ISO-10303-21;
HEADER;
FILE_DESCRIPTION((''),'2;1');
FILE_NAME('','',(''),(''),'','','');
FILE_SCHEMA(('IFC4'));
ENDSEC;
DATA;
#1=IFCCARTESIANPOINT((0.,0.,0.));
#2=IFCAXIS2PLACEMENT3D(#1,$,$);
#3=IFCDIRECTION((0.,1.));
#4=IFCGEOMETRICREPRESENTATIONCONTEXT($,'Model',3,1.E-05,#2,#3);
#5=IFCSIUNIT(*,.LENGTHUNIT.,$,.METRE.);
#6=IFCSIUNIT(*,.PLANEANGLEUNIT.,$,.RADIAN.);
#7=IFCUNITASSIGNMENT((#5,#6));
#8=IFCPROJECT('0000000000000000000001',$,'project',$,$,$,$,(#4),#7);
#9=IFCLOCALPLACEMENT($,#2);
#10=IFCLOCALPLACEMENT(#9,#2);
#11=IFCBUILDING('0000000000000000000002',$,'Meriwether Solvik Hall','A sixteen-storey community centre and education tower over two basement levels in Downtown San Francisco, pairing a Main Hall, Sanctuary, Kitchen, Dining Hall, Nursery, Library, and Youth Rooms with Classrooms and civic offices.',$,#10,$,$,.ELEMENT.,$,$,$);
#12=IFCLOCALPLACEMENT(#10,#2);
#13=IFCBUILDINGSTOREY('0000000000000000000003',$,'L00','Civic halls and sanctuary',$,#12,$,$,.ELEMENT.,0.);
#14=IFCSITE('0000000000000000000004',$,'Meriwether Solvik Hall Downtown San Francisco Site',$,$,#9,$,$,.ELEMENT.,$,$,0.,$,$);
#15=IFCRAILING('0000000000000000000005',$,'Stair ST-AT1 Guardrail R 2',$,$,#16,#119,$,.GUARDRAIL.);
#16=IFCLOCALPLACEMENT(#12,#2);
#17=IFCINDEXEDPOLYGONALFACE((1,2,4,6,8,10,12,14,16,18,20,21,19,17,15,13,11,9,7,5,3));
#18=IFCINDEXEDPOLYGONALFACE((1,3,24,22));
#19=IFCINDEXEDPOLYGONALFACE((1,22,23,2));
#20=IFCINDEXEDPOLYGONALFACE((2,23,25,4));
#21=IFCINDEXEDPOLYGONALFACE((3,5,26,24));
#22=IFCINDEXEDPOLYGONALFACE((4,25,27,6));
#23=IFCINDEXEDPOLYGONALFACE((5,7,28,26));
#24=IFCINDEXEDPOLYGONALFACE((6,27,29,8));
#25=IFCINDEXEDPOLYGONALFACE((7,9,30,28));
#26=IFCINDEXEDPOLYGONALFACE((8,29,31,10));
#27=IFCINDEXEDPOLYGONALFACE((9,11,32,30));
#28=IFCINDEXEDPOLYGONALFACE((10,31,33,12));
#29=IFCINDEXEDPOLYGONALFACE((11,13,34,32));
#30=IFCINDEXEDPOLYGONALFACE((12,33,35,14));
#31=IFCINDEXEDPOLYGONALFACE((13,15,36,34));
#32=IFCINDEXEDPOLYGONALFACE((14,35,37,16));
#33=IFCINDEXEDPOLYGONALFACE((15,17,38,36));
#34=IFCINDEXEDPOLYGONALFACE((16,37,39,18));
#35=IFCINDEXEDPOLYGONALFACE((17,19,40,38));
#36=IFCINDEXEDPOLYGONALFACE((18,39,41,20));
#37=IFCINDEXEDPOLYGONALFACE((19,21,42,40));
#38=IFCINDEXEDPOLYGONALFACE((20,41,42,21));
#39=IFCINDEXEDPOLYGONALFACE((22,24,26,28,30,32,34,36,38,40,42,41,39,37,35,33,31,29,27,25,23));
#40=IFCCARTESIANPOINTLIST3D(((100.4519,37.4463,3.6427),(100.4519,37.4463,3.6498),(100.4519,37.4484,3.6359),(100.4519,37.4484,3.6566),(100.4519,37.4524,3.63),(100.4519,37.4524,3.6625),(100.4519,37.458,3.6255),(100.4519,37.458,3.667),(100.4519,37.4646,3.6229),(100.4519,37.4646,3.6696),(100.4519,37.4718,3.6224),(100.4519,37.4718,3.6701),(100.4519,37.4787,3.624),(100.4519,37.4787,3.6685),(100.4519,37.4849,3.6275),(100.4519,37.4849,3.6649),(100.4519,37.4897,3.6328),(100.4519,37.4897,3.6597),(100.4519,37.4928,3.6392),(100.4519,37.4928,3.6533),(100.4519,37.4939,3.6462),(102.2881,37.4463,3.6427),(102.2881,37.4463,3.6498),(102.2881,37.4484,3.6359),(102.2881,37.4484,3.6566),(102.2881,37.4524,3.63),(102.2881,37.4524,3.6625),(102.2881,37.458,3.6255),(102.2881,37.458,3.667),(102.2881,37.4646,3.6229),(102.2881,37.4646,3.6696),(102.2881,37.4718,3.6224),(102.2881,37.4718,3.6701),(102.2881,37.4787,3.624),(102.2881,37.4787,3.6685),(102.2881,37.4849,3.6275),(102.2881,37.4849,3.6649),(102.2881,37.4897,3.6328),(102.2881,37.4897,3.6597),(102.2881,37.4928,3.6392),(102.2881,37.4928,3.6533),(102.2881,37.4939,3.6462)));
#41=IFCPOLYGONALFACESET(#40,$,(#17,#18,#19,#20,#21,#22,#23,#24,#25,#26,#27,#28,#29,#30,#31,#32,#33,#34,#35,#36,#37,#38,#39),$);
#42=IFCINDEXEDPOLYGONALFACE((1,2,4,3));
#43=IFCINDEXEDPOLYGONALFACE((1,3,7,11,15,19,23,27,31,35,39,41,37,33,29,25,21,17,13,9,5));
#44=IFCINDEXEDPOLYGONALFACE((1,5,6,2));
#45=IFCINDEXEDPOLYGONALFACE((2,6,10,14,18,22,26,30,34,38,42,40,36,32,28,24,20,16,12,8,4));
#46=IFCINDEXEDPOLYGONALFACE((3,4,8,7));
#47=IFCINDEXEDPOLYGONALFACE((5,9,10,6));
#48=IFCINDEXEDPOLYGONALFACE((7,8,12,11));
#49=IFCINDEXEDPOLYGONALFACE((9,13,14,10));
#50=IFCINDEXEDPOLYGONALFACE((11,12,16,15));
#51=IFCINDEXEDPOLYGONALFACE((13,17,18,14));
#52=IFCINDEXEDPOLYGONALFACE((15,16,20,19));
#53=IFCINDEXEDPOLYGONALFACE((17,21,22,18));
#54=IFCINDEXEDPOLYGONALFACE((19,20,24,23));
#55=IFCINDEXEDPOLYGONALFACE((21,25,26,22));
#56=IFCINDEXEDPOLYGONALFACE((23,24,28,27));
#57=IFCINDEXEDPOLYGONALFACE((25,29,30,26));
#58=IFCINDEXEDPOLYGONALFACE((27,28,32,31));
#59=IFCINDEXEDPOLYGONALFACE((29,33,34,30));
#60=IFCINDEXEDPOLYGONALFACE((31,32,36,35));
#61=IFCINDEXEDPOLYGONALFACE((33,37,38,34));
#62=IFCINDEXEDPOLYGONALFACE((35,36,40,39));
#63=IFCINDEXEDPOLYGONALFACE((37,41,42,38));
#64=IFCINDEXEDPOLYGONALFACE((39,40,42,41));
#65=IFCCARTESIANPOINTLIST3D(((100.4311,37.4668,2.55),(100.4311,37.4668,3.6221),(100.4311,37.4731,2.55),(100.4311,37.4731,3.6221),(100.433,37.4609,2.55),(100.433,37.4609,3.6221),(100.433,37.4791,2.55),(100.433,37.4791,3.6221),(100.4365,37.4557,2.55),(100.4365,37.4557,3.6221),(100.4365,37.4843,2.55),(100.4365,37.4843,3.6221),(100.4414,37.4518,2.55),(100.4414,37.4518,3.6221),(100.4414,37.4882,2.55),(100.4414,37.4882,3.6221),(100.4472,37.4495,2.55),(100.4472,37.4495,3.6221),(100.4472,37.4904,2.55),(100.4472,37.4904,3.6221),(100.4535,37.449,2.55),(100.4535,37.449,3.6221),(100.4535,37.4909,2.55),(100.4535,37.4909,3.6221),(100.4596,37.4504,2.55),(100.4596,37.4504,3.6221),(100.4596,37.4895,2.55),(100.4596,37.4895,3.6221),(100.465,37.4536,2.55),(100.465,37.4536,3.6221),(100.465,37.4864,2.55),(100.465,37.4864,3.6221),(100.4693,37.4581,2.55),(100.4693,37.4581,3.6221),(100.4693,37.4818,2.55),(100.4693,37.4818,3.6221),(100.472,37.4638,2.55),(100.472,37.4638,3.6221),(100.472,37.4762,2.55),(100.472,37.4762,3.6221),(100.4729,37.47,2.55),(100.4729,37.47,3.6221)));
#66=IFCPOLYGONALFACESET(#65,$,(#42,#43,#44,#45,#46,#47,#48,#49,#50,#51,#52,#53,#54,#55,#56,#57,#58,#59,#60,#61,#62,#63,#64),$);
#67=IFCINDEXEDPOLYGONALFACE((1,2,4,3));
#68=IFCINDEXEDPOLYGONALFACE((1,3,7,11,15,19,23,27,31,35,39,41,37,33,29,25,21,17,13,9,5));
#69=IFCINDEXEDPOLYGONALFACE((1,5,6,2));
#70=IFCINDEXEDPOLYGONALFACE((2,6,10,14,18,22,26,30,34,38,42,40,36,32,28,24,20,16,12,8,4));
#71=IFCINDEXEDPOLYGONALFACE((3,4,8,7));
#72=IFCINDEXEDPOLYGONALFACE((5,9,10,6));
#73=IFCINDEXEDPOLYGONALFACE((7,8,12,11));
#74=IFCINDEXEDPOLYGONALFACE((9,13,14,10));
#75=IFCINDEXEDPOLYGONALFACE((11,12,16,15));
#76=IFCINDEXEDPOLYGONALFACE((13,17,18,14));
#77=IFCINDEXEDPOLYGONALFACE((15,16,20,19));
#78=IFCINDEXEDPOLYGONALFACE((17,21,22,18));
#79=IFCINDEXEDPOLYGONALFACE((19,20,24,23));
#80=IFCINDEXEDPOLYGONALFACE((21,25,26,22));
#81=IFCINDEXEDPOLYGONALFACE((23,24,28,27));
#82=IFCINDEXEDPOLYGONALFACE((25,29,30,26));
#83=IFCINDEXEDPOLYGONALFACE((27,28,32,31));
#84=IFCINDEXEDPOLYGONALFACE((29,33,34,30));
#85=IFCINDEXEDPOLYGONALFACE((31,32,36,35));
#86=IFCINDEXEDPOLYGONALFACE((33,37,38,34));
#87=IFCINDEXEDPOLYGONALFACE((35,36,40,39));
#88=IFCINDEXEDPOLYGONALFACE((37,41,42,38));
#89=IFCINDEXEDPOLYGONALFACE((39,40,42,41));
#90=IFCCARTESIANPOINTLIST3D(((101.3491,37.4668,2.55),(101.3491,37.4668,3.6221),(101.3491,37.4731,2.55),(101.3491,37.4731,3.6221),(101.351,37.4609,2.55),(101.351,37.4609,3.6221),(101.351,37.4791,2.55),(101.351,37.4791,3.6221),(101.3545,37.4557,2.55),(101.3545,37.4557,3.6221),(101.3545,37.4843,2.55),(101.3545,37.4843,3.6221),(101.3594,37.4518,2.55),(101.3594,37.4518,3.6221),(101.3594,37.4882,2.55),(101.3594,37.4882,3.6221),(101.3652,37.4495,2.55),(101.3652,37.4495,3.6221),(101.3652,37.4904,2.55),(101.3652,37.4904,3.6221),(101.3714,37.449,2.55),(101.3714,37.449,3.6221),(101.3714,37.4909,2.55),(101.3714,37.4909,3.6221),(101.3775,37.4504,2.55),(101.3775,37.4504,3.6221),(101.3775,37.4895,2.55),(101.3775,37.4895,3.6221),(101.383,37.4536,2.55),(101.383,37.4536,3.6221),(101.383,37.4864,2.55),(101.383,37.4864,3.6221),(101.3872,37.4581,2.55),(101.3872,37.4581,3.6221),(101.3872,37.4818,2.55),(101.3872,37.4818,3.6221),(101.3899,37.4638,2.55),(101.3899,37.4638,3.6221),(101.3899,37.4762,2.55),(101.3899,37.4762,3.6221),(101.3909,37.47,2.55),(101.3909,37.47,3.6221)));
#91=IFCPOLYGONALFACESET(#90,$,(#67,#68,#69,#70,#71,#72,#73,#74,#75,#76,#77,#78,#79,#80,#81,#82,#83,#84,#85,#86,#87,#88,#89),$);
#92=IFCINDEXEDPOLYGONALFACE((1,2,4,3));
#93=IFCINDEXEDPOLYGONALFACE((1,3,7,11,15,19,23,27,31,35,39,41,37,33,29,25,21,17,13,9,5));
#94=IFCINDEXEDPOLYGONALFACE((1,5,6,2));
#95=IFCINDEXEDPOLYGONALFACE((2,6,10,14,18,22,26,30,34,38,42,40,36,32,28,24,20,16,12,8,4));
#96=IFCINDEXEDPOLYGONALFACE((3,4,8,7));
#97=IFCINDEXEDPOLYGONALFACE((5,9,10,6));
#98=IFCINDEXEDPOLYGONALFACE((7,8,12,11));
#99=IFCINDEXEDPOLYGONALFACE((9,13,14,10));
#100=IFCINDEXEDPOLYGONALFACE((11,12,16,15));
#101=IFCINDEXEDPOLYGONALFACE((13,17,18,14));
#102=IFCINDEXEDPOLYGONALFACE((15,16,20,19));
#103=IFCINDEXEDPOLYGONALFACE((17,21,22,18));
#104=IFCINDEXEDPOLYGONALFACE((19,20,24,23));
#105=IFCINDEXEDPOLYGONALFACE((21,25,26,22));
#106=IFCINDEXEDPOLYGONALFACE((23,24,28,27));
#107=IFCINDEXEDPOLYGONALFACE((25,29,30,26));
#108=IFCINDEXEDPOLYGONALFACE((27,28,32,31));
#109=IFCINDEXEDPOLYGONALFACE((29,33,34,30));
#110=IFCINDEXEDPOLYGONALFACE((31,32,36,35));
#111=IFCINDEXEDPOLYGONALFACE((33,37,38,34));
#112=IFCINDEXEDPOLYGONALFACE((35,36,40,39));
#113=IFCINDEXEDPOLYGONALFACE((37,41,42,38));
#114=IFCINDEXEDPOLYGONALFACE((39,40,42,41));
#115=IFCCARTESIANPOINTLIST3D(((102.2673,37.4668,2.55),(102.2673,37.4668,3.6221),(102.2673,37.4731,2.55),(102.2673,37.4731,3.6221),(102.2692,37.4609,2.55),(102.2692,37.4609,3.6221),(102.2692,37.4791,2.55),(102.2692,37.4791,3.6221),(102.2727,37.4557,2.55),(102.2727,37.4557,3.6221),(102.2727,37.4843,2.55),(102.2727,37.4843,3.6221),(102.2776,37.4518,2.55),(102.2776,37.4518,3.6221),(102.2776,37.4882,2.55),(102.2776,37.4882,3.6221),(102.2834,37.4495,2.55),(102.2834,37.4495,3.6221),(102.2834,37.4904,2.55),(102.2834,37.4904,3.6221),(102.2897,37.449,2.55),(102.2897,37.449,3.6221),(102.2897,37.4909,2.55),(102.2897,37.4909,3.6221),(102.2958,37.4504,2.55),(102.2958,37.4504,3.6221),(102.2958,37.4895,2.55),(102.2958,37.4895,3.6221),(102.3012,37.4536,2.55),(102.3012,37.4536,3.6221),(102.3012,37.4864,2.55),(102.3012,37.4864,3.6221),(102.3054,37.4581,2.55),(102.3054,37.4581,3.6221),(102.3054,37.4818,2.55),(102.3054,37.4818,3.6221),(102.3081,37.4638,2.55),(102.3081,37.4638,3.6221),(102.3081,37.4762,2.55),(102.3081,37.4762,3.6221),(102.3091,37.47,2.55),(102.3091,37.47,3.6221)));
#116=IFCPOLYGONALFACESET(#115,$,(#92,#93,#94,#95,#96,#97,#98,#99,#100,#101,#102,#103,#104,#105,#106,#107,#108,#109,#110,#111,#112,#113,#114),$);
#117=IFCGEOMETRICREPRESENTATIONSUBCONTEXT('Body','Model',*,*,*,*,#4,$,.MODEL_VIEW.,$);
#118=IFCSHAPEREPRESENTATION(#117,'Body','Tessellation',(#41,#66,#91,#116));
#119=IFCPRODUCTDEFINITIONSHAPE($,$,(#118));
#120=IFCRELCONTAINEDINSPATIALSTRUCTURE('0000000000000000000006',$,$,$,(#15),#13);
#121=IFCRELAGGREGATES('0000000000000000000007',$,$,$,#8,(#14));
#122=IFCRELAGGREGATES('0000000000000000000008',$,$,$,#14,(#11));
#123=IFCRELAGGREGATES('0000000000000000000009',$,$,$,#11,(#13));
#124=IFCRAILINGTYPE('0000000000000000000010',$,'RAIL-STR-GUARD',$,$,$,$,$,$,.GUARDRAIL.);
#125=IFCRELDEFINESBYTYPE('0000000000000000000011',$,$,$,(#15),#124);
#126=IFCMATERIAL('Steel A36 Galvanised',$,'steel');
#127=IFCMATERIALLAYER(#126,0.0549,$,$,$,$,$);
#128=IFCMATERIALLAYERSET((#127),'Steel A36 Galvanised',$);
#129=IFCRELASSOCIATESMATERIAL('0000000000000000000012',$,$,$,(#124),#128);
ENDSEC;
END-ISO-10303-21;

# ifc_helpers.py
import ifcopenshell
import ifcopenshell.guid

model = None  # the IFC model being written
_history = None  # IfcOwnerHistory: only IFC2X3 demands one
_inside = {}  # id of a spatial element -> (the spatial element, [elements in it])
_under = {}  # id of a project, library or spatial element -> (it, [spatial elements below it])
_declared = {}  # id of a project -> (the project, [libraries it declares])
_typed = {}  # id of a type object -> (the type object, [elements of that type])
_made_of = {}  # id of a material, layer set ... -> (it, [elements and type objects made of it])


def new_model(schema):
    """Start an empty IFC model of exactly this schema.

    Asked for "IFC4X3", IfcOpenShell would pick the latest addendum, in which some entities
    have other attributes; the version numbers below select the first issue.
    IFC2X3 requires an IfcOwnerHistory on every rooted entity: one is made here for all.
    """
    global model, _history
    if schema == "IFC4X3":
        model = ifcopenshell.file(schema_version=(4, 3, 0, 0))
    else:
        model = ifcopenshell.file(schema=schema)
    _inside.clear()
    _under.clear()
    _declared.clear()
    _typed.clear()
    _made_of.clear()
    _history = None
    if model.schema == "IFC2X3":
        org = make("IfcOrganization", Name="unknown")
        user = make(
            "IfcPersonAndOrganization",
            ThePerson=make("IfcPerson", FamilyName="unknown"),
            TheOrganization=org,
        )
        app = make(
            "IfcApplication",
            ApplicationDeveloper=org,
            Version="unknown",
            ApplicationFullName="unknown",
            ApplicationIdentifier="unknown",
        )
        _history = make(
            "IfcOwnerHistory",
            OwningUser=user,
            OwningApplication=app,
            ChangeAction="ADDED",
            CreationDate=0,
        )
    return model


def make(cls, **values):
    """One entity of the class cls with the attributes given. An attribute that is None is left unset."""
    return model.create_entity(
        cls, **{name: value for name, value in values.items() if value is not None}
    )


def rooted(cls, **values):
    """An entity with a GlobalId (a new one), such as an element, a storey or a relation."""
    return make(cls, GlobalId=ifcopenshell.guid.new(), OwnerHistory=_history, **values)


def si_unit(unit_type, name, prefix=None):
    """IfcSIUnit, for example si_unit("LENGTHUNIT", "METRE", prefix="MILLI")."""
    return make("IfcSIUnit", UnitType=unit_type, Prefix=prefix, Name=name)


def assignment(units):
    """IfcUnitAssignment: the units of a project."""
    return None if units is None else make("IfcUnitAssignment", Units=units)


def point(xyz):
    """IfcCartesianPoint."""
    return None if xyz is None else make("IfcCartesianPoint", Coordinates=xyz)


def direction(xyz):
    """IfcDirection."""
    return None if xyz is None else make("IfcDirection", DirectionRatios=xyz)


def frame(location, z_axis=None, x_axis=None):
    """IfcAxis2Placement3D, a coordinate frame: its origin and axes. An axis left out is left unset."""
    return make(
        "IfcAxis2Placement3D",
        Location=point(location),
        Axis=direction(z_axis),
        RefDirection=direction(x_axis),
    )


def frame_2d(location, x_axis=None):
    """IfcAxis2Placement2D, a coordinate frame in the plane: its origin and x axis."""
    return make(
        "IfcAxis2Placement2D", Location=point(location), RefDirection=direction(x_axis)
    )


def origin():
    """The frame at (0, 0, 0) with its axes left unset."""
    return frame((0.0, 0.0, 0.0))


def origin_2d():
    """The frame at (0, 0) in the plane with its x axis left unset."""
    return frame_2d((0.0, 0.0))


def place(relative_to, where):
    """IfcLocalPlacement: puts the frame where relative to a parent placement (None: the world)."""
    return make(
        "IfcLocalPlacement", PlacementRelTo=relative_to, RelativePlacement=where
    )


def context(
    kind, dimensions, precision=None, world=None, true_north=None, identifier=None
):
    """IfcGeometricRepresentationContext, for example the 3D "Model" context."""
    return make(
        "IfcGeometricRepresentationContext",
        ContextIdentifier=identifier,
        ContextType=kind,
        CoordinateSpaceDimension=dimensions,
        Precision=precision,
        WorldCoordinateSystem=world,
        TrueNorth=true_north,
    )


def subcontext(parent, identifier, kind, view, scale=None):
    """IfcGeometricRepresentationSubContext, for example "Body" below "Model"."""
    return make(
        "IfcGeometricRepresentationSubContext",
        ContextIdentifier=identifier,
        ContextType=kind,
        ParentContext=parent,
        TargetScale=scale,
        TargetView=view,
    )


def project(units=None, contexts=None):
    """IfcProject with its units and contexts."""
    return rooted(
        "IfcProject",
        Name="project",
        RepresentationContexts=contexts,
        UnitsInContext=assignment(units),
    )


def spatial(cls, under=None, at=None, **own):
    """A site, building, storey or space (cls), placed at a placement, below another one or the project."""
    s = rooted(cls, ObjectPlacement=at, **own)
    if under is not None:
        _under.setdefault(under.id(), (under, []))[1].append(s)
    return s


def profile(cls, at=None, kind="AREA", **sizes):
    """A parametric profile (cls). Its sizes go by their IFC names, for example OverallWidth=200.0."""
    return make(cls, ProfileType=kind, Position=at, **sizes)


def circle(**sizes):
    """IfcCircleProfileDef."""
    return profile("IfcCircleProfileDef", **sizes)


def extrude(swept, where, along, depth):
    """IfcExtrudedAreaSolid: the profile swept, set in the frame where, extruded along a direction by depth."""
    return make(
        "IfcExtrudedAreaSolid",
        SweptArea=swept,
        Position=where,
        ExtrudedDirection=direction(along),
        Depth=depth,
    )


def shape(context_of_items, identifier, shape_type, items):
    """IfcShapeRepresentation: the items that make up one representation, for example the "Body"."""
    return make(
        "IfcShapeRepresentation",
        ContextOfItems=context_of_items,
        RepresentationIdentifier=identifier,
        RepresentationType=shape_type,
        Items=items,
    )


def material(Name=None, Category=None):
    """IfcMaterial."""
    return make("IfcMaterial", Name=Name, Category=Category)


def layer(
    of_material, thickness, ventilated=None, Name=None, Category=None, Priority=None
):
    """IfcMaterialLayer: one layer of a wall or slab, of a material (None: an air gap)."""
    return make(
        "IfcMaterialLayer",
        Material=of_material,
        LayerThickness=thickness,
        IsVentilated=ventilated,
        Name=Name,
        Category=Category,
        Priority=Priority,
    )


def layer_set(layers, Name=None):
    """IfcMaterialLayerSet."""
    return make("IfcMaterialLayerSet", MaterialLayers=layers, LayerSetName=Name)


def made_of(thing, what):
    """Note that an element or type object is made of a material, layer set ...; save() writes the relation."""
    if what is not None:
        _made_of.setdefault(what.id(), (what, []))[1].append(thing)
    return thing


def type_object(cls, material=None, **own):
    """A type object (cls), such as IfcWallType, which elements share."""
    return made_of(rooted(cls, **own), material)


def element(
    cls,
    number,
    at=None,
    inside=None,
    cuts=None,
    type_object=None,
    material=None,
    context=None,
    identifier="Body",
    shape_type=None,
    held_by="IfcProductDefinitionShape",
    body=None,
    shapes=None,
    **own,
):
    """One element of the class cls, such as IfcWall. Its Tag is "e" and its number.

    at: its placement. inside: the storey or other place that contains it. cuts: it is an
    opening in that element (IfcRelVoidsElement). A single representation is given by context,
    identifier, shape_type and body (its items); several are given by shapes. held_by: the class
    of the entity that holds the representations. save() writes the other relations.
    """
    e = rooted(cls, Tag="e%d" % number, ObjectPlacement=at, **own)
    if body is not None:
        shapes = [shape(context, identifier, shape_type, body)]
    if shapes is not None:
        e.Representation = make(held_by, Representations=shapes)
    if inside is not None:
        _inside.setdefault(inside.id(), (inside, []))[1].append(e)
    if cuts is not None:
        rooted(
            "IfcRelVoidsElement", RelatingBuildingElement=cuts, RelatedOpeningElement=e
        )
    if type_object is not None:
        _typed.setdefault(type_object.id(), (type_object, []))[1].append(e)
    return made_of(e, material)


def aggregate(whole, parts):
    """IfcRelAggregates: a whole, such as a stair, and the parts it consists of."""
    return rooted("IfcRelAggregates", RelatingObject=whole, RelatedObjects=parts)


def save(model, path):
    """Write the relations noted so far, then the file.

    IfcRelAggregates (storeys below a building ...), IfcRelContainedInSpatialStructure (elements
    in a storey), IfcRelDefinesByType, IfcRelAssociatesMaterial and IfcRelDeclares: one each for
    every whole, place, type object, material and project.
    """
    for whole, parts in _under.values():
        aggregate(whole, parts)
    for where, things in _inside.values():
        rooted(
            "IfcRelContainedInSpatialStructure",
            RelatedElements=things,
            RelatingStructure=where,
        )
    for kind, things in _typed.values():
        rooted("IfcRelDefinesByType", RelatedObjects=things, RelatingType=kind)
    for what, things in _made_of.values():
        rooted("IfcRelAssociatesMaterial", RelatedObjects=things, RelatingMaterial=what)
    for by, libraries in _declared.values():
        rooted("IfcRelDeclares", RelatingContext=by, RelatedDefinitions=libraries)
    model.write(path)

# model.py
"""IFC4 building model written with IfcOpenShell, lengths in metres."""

from ifc_helpers import new_model, si_unit, direction, frame, origin, origin_2d, place, context, subcontext, project, spatial, circle, extrude, material, layer, layer_set, type_object, element, save


model = new_model("IFC4")

# Units and contexts
model_context = context("Model", 3, precision=1e-05, world=origin(), true_north=direction((0.0, 1.0)))
body_context = subcontext(model_context, "Body", "Model", "MODEL_VIEW")
ifc_project = project(units=[si_unit("LENGTHUNIT", "METRE"), si_unit("PLANEANGLEUNIT", "RADIAN")], contexts=[model_context])

# Site, building, storey
site_placement = place(None, origin())
site = spatial("IfcSite", under=ifc_project, at=site_placement, Name="Meriwether Solvik Hall Downtown San Francisco Site", CompositionType="ELEMENT", RefElevation=0.0)
building_placement = place(site_placement, origin())
building = spatial("IfcBuilding", under=site, at=building_placement, Name="Meriwether Solvik Hall", Description="A sixteen-storey community centre and education tower over two basement levels in Downtown San Francisco, pairing a Main Hall, Sanctuary, Kitchen, Dining Hall, Nursery, Library, and Youth Rooms with Classrooms and civic offices.", CompositionType="ELEMENT")
storey_placement = place(building_placement, origin())
storey = spatial("IfcBuildingStorey", under=building, at=storey_placement, Name="L00", Description="Civic halls and sanctuary", CompositionType="ELEMENT", Elevation=0.0)

# Railing
ifc_material_1 = material(Name="Steel A36 Galvanised", Category="steel")
ifc_layer_1 = layer(ifc_material_1, 0.0549)
ifc_layer_set_1 = layer_set([ifc_layer_1], Name="Steel A36 Galvanised")
railing_type_1 = type_object("IfcRailingType", Name="RAIL-STR-GUARD", PredefinedType="GUARDRAIL", material=ifc_layer_set_1)
railing_1_placement = place(storey_placement, frame((100.4519, 37.47, 2.55)))
element("IfcRailing", 1, at=railing_1_placement, inside=storey, type_object=railing_type_1, Name="Stair ST-AT1 Guardrail R 2", PredefinedType="GUARDRAIL", context=body_context, shape_type="SweptSolid", body=[
    extrude(circle(Radius=0.0239, at=origin_2d()), frame((0.0, 0.0, 1.0962), z_axis=(1.0, 0.0, 0.0), x_axis=(0.0, 1.0, 0.0)), (0.0, 0.0, 1.0), 1.8362),
    extrude(circle(Radius=0.021, at=origin_2d()), origin(), (0.0, 0.0, 1.0), 1.072),
    extrude(circle(Radius=0.021, at=origin_2d()), frame((0.918, 0.0, 0.0)), (0.0, 0.0, 1.0), 1.072),
    extrude(circle(Radius=0.021, at=origin_2d()), frame((1.8362, 0.0, 0.0)), (0.0, 0.0, 1.0), 1.072),
])

save(model, "model.ifc")
